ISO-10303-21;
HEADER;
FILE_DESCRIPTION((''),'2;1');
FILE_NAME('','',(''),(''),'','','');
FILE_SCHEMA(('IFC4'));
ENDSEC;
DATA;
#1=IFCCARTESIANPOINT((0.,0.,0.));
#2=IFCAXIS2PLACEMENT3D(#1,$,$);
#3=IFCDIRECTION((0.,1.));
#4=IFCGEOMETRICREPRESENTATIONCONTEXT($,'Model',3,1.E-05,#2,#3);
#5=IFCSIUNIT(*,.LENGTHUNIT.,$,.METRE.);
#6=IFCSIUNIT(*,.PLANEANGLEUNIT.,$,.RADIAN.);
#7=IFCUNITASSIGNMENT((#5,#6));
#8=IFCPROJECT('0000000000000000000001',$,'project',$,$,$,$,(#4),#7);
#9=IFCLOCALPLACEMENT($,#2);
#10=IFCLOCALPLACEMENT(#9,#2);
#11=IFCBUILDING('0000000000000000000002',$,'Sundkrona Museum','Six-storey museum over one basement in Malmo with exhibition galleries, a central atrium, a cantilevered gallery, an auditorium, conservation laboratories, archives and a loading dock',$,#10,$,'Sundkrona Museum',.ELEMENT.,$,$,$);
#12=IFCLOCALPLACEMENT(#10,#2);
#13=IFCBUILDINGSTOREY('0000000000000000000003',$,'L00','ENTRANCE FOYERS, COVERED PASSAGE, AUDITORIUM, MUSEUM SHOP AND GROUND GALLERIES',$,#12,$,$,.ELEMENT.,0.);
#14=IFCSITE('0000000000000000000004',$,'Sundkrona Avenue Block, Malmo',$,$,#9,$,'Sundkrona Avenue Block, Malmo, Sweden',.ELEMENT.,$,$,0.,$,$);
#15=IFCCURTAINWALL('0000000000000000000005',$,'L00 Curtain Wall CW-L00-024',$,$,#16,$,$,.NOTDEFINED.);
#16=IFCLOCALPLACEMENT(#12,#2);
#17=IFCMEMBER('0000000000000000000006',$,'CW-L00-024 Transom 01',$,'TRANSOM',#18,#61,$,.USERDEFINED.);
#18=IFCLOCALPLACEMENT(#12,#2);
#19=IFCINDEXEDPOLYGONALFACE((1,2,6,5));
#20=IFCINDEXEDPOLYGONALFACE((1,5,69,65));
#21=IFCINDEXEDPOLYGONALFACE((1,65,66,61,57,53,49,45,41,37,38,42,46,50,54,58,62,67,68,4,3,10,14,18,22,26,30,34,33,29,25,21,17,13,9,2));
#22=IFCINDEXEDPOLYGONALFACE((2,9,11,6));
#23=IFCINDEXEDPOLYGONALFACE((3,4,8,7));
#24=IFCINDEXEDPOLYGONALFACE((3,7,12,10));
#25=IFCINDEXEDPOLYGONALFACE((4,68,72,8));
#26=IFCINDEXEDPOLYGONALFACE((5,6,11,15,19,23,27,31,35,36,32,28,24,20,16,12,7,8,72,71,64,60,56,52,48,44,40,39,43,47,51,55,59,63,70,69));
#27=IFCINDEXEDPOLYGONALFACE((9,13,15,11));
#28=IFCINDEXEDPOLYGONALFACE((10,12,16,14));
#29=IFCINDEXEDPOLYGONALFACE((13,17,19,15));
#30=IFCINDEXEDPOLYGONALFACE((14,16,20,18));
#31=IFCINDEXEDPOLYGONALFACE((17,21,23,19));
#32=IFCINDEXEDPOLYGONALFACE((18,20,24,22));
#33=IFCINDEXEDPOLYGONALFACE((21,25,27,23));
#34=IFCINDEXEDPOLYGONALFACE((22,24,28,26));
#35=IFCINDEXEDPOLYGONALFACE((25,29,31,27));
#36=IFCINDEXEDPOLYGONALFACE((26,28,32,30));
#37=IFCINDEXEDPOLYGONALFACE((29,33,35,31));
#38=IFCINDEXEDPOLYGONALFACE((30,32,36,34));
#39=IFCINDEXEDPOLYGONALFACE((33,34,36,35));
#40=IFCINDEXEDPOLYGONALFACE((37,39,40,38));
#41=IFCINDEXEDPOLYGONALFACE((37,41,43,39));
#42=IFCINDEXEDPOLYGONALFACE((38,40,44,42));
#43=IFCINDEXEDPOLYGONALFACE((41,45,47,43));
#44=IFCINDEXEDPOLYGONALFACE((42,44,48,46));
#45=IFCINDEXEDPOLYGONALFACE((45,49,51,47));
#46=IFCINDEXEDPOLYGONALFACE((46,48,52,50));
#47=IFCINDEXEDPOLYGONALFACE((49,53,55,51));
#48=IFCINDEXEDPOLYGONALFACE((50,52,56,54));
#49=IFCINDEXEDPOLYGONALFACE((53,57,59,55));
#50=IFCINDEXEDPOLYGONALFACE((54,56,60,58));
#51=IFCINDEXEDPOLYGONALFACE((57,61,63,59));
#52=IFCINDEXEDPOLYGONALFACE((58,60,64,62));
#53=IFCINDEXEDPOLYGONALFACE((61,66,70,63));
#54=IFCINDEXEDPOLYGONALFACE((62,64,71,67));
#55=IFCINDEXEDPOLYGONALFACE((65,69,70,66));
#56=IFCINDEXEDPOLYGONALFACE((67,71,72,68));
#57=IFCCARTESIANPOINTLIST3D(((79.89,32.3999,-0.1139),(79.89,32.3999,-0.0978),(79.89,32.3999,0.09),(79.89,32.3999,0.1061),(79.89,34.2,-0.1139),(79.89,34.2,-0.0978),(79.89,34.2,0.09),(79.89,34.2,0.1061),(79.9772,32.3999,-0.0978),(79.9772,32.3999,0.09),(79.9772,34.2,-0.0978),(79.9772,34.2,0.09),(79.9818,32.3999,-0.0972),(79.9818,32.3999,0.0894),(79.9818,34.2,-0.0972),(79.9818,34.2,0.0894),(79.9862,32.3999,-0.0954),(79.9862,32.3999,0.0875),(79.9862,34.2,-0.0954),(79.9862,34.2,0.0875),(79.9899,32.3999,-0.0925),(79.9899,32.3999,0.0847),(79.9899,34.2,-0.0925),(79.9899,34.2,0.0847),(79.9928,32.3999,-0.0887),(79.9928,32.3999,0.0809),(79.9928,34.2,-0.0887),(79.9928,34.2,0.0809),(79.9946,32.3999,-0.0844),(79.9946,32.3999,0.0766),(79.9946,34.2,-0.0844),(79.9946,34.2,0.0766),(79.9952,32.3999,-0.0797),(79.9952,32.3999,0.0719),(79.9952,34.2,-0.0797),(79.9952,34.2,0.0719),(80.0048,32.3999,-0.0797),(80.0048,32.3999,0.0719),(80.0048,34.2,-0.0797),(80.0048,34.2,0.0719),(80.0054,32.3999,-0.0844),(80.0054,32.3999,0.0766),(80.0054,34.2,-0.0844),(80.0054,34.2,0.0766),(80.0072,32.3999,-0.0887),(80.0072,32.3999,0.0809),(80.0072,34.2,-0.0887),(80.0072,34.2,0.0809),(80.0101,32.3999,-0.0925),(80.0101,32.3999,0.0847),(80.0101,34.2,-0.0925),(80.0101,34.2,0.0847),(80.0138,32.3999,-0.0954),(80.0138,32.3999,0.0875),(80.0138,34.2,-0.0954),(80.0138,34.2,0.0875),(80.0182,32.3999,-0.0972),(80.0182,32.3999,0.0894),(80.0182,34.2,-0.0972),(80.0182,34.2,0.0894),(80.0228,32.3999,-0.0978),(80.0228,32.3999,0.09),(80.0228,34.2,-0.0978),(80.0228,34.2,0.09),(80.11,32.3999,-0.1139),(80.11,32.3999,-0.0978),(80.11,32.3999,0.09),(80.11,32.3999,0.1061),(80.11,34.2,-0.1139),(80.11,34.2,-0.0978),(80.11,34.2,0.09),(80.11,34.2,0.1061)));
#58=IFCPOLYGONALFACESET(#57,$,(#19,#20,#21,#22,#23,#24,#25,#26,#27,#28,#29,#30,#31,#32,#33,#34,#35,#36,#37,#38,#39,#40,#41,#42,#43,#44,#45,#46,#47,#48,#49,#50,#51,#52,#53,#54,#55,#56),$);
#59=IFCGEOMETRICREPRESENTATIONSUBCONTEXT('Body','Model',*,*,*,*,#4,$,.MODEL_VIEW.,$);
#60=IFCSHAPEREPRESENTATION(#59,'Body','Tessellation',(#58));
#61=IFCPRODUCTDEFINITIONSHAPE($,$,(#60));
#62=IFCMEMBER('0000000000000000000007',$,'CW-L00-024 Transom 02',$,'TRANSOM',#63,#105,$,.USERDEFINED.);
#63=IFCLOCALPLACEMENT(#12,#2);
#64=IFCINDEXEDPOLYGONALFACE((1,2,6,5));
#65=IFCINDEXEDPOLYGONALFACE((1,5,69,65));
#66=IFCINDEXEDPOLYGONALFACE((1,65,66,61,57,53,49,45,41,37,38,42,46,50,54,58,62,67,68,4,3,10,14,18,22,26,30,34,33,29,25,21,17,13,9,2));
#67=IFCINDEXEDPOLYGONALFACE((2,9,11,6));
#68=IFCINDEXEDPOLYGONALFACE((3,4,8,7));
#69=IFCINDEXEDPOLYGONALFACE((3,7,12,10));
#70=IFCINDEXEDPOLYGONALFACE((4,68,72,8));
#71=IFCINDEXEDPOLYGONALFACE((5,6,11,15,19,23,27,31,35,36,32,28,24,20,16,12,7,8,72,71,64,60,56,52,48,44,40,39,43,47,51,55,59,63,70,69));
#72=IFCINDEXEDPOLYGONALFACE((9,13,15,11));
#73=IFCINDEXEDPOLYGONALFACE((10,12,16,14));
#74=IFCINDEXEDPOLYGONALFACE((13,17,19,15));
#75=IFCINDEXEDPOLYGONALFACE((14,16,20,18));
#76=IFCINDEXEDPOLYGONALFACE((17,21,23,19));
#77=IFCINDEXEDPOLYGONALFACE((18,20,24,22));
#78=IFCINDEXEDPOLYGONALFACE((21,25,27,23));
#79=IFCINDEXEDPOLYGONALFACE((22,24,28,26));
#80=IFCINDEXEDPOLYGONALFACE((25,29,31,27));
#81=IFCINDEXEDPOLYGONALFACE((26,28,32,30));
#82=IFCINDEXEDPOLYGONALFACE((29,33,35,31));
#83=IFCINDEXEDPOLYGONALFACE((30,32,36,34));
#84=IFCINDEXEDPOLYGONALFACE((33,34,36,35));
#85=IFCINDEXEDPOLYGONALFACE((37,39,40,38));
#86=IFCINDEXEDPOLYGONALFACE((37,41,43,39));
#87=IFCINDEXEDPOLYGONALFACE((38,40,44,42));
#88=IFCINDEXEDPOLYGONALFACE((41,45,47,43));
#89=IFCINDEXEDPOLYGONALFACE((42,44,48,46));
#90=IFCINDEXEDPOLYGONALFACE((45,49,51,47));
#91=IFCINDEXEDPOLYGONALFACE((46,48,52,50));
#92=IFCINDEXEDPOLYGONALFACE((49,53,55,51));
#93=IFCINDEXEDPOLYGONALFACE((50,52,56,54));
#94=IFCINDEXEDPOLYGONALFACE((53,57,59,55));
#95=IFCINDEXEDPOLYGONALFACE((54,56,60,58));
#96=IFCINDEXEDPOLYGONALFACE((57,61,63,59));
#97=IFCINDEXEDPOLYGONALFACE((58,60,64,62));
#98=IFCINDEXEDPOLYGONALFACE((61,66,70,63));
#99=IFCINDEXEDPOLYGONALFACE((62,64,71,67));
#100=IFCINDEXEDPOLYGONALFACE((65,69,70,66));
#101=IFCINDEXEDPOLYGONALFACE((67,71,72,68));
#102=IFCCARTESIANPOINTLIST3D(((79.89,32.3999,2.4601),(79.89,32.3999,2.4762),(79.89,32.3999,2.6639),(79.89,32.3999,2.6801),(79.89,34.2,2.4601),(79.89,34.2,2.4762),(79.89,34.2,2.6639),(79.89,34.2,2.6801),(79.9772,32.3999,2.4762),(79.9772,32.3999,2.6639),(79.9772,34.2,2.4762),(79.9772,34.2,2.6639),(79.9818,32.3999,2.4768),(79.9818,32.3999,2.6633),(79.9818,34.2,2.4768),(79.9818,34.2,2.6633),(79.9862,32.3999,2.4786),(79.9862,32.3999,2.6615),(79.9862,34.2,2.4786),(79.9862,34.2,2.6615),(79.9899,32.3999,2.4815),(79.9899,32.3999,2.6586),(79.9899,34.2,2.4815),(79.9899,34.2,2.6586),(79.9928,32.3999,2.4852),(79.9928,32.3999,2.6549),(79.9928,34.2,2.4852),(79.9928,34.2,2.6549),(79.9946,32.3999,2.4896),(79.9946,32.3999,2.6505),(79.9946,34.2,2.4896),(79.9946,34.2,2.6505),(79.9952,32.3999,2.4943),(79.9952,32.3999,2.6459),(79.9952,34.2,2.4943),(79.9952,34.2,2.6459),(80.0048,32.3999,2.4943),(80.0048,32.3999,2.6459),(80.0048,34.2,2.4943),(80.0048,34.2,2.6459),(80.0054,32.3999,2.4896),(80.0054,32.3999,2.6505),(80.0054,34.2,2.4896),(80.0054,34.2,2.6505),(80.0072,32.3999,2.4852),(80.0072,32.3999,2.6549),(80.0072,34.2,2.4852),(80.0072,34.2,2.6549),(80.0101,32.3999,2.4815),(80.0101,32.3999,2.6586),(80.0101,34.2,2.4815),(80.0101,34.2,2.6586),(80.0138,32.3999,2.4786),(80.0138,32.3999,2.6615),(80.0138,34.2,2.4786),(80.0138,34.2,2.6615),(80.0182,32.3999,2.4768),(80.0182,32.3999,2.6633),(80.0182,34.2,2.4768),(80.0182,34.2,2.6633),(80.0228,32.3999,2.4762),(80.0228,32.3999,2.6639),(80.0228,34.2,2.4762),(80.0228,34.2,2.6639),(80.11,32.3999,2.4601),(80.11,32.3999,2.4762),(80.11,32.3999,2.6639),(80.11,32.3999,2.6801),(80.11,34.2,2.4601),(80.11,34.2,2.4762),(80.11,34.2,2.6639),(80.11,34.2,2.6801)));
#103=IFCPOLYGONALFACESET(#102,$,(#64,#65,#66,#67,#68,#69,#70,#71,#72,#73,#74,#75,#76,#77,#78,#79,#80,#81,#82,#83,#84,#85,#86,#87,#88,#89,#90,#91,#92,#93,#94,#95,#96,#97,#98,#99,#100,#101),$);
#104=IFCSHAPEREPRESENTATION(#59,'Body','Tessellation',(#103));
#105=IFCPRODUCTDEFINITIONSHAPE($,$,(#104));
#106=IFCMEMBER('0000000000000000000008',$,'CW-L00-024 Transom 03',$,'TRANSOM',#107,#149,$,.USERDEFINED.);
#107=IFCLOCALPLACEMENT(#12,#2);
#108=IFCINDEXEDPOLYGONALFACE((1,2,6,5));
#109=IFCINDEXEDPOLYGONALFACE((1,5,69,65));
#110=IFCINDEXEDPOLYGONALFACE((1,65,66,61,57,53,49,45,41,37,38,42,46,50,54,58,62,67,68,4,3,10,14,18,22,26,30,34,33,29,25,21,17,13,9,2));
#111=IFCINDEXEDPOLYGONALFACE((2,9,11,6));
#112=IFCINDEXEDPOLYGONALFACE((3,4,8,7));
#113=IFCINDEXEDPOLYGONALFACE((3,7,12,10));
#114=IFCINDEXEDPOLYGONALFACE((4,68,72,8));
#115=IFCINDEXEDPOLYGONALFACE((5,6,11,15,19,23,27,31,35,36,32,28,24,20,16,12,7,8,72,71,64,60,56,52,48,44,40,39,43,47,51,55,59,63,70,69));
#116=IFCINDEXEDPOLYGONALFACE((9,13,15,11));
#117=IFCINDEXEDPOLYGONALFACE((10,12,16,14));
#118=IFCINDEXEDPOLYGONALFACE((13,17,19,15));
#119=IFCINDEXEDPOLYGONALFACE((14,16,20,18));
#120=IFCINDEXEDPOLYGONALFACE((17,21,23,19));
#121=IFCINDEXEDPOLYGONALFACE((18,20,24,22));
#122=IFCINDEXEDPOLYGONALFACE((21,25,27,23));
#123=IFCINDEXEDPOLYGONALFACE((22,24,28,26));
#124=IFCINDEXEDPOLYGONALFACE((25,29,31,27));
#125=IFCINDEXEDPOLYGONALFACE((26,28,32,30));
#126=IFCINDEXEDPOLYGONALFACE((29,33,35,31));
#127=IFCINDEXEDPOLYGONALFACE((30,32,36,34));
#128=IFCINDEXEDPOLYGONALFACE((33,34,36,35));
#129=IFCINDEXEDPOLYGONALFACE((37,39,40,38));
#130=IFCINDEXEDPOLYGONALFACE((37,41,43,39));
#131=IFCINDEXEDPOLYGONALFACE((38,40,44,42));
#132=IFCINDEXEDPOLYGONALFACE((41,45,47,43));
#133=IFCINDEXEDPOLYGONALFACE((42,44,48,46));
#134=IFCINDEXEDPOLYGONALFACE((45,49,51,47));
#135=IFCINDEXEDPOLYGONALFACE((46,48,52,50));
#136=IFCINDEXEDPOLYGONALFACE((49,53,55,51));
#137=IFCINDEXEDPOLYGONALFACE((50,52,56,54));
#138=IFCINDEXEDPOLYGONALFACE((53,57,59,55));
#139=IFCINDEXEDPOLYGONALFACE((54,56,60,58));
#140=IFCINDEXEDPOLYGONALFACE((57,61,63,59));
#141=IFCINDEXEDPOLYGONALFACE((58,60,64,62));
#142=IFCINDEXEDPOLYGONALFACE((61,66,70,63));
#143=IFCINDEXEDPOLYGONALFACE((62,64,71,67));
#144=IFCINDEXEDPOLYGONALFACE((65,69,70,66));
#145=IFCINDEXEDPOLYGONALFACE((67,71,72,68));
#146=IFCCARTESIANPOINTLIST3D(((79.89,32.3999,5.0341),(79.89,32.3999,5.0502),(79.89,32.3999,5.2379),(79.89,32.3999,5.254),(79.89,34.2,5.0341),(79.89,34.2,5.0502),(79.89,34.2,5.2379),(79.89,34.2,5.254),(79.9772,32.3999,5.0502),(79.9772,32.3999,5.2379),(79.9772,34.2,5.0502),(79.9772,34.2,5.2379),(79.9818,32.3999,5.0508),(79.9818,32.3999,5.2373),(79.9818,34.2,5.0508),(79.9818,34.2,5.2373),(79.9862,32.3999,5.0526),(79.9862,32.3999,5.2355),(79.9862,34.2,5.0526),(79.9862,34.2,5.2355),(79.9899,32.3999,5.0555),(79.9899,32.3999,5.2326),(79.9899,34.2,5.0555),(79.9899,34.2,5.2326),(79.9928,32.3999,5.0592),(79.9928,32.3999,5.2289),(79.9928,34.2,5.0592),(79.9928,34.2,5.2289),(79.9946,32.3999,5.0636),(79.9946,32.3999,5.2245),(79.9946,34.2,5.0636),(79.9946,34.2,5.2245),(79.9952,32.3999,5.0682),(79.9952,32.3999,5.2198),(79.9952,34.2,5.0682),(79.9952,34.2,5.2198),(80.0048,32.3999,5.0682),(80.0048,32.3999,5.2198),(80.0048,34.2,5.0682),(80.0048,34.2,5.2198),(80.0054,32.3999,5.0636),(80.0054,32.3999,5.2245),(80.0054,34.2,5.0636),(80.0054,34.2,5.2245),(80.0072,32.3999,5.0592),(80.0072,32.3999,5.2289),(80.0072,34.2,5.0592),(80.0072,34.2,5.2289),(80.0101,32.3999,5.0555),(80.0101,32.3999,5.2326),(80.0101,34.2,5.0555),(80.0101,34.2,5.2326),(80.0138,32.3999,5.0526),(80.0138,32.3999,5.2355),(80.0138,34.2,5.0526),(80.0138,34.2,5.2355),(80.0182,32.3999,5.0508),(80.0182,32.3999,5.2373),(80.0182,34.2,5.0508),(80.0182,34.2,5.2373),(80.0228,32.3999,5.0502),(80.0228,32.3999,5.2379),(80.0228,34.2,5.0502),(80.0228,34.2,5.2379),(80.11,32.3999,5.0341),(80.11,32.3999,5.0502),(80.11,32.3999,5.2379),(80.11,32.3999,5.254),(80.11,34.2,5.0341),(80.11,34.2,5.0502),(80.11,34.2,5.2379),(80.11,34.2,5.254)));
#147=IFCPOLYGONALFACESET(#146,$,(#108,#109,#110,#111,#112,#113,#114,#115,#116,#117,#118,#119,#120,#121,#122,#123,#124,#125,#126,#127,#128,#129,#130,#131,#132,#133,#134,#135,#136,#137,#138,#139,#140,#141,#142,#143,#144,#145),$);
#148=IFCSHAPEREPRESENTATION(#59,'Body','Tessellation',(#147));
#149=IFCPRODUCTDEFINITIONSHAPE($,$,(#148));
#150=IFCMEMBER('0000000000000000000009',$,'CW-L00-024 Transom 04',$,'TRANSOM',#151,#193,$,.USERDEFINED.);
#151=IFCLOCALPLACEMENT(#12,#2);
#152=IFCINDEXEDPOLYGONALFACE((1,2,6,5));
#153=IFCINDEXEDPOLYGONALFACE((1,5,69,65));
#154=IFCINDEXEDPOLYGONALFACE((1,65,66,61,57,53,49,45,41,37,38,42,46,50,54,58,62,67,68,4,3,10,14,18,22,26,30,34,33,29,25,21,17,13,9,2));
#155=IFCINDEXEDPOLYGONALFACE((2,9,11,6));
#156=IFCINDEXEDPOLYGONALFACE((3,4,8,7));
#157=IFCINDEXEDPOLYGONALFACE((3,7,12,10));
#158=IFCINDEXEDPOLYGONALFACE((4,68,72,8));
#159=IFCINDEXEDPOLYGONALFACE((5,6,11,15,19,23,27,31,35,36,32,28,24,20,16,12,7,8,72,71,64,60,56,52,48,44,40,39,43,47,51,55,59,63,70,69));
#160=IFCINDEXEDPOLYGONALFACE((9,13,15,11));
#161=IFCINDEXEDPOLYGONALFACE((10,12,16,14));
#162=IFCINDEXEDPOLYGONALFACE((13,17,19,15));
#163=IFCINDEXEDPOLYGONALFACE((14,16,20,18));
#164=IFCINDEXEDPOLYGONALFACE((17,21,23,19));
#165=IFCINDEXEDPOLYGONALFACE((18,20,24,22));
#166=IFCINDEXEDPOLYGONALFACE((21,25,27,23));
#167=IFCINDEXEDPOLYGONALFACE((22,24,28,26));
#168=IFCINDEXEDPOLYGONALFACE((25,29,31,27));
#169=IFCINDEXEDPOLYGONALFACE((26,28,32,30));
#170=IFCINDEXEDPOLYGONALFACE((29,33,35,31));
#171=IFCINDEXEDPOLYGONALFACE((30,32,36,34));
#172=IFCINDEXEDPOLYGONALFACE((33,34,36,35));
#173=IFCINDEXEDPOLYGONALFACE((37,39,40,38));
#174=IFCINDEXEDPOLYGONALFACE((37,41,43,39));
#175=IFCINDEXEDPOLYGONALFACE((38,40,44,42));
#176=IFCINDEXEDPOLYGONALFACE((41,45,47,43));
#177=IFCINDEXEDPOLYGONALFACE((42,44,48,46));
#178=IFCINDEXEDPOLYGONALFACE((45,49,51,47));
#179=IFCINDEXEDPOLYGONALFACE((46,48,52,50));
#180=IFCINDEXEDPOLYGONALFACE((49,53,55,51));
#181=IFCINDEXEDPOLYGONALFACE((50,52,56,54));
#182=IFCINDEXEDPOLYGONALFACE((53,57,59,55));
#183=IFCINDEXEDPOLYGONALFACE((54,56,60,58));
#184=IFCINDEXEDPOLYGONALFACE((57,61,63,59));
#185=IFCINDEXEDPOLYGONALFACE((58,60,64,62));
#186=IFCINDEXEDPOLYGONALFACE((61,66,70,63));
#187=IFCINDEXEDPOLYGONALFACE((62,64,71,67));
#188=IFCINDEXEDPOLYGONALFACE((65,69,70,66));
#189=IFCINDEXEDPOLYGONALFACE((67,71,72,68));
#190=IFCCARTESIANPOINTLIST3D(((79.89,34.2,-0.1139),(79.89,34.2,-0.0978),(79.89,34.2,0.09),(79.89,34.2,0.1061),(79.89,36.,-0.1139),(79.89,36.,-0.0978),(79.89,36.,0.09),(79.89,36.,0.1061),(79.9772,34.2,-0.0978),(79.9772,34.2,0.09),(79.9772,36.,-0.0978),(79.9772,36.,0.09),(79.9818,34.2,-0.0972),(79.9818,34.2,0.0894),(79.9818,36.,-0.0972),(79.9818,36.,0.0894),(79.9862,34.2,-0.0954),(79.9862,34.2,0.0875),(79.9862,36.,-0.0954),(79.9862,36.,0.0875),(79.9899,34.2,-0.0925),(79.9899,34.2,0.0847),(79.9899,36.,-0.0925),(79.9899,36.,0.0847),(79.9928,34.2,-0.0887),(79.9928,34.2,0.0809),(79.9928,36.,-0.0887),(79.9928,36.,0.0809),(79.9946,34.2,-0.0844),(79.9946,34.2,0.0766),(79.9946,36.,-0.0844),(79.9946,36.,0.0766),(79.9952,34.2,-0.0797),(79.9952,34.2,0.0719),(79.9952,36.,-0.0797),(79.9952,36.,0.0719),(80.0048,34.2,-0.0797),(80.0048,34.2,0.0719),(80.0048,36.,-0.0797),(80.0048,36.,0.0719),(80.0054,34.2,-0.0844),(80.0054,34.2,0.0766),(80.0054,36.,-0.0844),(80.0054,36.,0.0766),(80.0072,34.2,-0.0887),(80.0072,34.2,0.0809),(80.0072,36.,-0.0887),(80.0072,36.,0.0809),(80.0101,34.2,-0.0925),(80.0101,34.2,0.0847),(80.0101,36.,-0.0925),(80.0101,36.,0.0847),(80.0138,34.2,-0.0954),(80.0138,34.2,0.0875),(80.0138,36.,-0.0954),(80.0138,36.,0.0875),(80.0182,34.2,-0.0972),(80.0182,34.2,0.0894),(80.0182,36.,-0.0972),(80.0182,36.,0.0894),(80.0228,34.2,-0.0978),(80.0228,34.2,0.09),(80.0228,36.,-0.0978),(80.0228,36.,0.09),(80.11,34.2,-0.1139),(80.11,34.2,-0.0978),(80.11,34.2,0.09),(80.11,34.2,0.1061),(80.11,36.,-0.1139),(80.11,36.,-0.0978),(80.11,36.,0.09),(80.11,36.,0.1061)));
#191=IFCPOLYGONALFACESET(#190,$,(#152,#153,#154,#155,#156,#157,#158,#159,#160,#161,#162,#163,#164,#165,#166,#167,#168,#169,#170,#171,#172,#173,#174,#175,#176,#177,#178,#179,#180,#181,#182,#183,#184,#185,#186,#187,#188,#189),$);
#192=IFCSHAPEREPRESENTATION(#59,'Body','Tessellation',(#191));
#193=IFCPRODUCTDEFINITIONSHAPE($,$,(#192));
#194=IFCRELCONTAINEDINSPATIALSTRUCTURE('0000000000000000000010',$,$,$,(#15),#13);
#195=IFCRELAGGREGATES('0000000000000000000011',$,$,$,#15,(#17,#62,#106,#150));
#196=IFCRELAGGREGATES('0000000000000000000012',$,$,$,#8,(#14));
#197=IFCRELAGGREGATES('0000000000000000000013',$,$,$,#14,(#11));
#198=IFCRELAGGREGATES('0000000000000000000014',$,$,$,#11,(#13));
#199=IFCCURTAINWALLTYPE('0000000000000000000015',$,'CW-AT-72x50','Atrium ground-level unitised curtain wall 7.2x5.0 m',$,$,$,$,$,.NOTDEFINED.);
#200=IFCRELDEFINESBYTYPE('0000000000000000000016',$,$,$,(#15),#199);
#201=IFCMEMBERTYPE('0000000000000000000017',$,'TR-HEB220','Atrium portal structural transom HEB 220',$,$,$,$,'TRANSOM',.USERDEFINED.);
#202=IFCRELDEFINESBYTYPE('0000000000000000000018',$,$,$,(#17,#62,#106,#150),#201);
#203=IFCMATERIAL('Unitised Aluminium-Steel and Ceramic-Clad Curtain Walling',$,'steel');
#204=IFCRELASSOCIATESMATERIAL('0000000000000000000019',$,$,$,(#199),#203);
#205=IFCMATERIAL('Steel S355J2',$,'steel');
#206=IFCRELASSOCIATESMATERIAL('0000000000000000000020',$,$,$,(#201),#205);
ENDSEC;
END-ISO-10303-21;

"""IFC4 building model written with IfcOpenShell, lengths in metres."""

from ifc_helpers import new_model, si_unit, direction, frame, origin, origin_2d, place, context, subcontext, project, spatial, i_section, extrude, material, material_profile, profile_set, type_object, element, aggregate, save


model = new_model("IFC4")

# Units and contexts
model_context = context("Model", 3, precision=1e-05, world=origin(), true_north=direction((0.0, 1.0)))
body_context = subcontext(model_context, "Body", "Model", "MODEL_VIEW")
ifc_project = project(units=[si_unit("LENGTHUNIT", "METRE"), si_unit("PLANEANGLEUNIT", "RADIAN")], contexts=[model_context])

# Site, building, storey
site_placement = place(None, origin())
site = spatial("IfcSite", under=ifc_project, at=site_placement, Name="Sundkrona Avenue Block, Malmo", LongName="Sundkrona Avenue Block, Malmo, Sweden", CompositionType="ELEMENT", RefElevation=0.0)
building_placement = place(site_placement, origin())
building = spatial("IfcBuilding", under=site, at=building_placement, Name="Sundkrona Museum", Description="Six-storey museum over one basement in Malmo with exhibition galleries, a central atrium, a cantilevered gallery, an auditorium, conservation laboratories, archives and a loading dock", LongName="Sundkrona Museum", CompositionType="ELEMENT")
storey_placement = place(building_placement, origin())
storey = spatial("IfcBuildingStorey", under=building, at=storey_placement, Name="L00", Description="ENTRANCE FOYERS, COVERED PASSAGE, AUDITORIUM, MUSEUM SHOP AND GROUND GALLERIES", CompositionType="ELEMENT", Elevation=0.0)

# Shared definitions
ifc_material_1 = material(Name="Steel S355J2", Category="steel")

# Curtain wall
ifc_material_2 = material(Name="Unitised Aluminium-Steel and Ceramic-Clad Curtain Walling", Category="steel")
curtain_wall_type = type_object("IfcCurtainWallType", Name="CW-AT-72x50", Description="Atrium ground-level unitised curtain wall 7.2x5.0 m", PredefinedType="NOTDEFINED", material=ifc_material_2)
curtain_wall_1_placement = place(storey_placement, origin())
curtain_wall_1 = element("IfcCurtainWall", 1, at=curtain_wall_1_placement, inside=storey, type_object=curtain_wall_type, Name="L00 Curtain Wall CW-L00-024", PredefinedType="NOTDEFINED")

# Members
ifc_material_profile_1 = material_profile(ifc_material_1, i_section(OverallWidth=0.22, OverallDepth=0.22, WebThickness=0.0095, FlangeThickness=0.0161, FilletRadius=0.0181, at=origin_2d()), Name="HEB 220")
ifc_profile_set_1 = profile_set([ifc_material_profile_1], Name="Steel S355J2")
member_type_1 = type_object("IfcMemberType", Name="TR-HEB220", Description="Atrium portal structural transom HEB 220", ElementType="TRANSOM", PredefinedType="USERDEFINED", material=ifc_profile_set_1)
member_1_placement = place(storey_placement, frame((80.0, 32.3999, -0.0039), z_axis=(0.0, 1.0, 0.0), x_axis=(-1.0, 0.0, 0.0)))
member_1 = element("IfcMember", 2, at=member_1_placement, type_object=member_type_1, Name="CW-L00-024 Transom 01", ObjectType="TRANSOM", PredefinedType="USERDEFINED", context=body_context, shape_type="SweptSolid", body=[
    extrude(i_section(OverallWidth=0.22, OverallDepth=0.22, WebThickness=0.0095, FlangeThickness=0.0161, FilletRadius=0.0181, at=origin_2d()), origin(), (0.0, 0.0, 1.0), 1.8),
])
member_2_placement = place(storey_placement, frame((80.0, 32.3999, 2.5701), z_axis=(0.0, 1.0, 0.0), x_axis=(-1.0, 0.0, 0.0)))
member_2 = element("IfcMember", 3, at=member_2_placement, type_object=member_type_1, Name="CW-L00-024 Transom 02", ObjectType="TRANSOM", PredefinedType="USERDEFINED", context=body_context, shape_type="SweptSolid", body=[
    extrude(i_section(OverallWidth=0.22, OverallDepth=0.22, WebThickness=0.0095, FlangeThickness=0.0161, FilletRadius=0.0181, at=origin_2d()), origin(), (0.0, 0.0, 1.0), 1.8),
])
member_3_placement = place(storey_placement, frame((80.0, 32.3999, 5.144), z_axis=(0.0, 1.0, 0.0), x_axis=(-1.0, 0.0, 0.0)))
member_3 = element("IfcMember", 4, at=member_3_placement, type_object=member_type_1, Name="CW-L00-024 Transom 03", ObjectType="TRANSOM", PredefinedType="USERDEFINED", context=body_context, shape_type="SweptSolid", body=[
    extrude(i_section(OverallWidth=0.22, OverallDepth=0.22, WebThickness=0.0095, FlangeThickness=0.0161, FilletRadius=0.0181, at=origin_2d()), origin(), (0.0, 0.0, 1.0), 1.8),
])
member_4_placement = place(storey_placement, frame((80.0, 34.2, -0.0039), z_axis=(0.0, 1.0, 0.0), x_axis=(-1.0, 0.0, 0.0)))
member_4 = element("IfcMember", 5, at=member_4_placement, type_object=member_type_1, Name="CW-L00-024 Transom 04", ObjectType="TRANSOM", PredefinedType="USERDEFINED", context=body_context, shape_type="SweptSolid", body=[
    extrude(i_section(OverallWidth=0.22, OverallDepth=0.22, WebThickness=0.0095, FlangeThickness=0.0161, FilletRadius=0.0181, at=origin_2d()), origin(), (0.0, 0.0, 1.0), 1.8),
])

aggregate(curtain_wall_1, [member_1, member_2, member_3, member_4])

save(model, "model.ifc")
